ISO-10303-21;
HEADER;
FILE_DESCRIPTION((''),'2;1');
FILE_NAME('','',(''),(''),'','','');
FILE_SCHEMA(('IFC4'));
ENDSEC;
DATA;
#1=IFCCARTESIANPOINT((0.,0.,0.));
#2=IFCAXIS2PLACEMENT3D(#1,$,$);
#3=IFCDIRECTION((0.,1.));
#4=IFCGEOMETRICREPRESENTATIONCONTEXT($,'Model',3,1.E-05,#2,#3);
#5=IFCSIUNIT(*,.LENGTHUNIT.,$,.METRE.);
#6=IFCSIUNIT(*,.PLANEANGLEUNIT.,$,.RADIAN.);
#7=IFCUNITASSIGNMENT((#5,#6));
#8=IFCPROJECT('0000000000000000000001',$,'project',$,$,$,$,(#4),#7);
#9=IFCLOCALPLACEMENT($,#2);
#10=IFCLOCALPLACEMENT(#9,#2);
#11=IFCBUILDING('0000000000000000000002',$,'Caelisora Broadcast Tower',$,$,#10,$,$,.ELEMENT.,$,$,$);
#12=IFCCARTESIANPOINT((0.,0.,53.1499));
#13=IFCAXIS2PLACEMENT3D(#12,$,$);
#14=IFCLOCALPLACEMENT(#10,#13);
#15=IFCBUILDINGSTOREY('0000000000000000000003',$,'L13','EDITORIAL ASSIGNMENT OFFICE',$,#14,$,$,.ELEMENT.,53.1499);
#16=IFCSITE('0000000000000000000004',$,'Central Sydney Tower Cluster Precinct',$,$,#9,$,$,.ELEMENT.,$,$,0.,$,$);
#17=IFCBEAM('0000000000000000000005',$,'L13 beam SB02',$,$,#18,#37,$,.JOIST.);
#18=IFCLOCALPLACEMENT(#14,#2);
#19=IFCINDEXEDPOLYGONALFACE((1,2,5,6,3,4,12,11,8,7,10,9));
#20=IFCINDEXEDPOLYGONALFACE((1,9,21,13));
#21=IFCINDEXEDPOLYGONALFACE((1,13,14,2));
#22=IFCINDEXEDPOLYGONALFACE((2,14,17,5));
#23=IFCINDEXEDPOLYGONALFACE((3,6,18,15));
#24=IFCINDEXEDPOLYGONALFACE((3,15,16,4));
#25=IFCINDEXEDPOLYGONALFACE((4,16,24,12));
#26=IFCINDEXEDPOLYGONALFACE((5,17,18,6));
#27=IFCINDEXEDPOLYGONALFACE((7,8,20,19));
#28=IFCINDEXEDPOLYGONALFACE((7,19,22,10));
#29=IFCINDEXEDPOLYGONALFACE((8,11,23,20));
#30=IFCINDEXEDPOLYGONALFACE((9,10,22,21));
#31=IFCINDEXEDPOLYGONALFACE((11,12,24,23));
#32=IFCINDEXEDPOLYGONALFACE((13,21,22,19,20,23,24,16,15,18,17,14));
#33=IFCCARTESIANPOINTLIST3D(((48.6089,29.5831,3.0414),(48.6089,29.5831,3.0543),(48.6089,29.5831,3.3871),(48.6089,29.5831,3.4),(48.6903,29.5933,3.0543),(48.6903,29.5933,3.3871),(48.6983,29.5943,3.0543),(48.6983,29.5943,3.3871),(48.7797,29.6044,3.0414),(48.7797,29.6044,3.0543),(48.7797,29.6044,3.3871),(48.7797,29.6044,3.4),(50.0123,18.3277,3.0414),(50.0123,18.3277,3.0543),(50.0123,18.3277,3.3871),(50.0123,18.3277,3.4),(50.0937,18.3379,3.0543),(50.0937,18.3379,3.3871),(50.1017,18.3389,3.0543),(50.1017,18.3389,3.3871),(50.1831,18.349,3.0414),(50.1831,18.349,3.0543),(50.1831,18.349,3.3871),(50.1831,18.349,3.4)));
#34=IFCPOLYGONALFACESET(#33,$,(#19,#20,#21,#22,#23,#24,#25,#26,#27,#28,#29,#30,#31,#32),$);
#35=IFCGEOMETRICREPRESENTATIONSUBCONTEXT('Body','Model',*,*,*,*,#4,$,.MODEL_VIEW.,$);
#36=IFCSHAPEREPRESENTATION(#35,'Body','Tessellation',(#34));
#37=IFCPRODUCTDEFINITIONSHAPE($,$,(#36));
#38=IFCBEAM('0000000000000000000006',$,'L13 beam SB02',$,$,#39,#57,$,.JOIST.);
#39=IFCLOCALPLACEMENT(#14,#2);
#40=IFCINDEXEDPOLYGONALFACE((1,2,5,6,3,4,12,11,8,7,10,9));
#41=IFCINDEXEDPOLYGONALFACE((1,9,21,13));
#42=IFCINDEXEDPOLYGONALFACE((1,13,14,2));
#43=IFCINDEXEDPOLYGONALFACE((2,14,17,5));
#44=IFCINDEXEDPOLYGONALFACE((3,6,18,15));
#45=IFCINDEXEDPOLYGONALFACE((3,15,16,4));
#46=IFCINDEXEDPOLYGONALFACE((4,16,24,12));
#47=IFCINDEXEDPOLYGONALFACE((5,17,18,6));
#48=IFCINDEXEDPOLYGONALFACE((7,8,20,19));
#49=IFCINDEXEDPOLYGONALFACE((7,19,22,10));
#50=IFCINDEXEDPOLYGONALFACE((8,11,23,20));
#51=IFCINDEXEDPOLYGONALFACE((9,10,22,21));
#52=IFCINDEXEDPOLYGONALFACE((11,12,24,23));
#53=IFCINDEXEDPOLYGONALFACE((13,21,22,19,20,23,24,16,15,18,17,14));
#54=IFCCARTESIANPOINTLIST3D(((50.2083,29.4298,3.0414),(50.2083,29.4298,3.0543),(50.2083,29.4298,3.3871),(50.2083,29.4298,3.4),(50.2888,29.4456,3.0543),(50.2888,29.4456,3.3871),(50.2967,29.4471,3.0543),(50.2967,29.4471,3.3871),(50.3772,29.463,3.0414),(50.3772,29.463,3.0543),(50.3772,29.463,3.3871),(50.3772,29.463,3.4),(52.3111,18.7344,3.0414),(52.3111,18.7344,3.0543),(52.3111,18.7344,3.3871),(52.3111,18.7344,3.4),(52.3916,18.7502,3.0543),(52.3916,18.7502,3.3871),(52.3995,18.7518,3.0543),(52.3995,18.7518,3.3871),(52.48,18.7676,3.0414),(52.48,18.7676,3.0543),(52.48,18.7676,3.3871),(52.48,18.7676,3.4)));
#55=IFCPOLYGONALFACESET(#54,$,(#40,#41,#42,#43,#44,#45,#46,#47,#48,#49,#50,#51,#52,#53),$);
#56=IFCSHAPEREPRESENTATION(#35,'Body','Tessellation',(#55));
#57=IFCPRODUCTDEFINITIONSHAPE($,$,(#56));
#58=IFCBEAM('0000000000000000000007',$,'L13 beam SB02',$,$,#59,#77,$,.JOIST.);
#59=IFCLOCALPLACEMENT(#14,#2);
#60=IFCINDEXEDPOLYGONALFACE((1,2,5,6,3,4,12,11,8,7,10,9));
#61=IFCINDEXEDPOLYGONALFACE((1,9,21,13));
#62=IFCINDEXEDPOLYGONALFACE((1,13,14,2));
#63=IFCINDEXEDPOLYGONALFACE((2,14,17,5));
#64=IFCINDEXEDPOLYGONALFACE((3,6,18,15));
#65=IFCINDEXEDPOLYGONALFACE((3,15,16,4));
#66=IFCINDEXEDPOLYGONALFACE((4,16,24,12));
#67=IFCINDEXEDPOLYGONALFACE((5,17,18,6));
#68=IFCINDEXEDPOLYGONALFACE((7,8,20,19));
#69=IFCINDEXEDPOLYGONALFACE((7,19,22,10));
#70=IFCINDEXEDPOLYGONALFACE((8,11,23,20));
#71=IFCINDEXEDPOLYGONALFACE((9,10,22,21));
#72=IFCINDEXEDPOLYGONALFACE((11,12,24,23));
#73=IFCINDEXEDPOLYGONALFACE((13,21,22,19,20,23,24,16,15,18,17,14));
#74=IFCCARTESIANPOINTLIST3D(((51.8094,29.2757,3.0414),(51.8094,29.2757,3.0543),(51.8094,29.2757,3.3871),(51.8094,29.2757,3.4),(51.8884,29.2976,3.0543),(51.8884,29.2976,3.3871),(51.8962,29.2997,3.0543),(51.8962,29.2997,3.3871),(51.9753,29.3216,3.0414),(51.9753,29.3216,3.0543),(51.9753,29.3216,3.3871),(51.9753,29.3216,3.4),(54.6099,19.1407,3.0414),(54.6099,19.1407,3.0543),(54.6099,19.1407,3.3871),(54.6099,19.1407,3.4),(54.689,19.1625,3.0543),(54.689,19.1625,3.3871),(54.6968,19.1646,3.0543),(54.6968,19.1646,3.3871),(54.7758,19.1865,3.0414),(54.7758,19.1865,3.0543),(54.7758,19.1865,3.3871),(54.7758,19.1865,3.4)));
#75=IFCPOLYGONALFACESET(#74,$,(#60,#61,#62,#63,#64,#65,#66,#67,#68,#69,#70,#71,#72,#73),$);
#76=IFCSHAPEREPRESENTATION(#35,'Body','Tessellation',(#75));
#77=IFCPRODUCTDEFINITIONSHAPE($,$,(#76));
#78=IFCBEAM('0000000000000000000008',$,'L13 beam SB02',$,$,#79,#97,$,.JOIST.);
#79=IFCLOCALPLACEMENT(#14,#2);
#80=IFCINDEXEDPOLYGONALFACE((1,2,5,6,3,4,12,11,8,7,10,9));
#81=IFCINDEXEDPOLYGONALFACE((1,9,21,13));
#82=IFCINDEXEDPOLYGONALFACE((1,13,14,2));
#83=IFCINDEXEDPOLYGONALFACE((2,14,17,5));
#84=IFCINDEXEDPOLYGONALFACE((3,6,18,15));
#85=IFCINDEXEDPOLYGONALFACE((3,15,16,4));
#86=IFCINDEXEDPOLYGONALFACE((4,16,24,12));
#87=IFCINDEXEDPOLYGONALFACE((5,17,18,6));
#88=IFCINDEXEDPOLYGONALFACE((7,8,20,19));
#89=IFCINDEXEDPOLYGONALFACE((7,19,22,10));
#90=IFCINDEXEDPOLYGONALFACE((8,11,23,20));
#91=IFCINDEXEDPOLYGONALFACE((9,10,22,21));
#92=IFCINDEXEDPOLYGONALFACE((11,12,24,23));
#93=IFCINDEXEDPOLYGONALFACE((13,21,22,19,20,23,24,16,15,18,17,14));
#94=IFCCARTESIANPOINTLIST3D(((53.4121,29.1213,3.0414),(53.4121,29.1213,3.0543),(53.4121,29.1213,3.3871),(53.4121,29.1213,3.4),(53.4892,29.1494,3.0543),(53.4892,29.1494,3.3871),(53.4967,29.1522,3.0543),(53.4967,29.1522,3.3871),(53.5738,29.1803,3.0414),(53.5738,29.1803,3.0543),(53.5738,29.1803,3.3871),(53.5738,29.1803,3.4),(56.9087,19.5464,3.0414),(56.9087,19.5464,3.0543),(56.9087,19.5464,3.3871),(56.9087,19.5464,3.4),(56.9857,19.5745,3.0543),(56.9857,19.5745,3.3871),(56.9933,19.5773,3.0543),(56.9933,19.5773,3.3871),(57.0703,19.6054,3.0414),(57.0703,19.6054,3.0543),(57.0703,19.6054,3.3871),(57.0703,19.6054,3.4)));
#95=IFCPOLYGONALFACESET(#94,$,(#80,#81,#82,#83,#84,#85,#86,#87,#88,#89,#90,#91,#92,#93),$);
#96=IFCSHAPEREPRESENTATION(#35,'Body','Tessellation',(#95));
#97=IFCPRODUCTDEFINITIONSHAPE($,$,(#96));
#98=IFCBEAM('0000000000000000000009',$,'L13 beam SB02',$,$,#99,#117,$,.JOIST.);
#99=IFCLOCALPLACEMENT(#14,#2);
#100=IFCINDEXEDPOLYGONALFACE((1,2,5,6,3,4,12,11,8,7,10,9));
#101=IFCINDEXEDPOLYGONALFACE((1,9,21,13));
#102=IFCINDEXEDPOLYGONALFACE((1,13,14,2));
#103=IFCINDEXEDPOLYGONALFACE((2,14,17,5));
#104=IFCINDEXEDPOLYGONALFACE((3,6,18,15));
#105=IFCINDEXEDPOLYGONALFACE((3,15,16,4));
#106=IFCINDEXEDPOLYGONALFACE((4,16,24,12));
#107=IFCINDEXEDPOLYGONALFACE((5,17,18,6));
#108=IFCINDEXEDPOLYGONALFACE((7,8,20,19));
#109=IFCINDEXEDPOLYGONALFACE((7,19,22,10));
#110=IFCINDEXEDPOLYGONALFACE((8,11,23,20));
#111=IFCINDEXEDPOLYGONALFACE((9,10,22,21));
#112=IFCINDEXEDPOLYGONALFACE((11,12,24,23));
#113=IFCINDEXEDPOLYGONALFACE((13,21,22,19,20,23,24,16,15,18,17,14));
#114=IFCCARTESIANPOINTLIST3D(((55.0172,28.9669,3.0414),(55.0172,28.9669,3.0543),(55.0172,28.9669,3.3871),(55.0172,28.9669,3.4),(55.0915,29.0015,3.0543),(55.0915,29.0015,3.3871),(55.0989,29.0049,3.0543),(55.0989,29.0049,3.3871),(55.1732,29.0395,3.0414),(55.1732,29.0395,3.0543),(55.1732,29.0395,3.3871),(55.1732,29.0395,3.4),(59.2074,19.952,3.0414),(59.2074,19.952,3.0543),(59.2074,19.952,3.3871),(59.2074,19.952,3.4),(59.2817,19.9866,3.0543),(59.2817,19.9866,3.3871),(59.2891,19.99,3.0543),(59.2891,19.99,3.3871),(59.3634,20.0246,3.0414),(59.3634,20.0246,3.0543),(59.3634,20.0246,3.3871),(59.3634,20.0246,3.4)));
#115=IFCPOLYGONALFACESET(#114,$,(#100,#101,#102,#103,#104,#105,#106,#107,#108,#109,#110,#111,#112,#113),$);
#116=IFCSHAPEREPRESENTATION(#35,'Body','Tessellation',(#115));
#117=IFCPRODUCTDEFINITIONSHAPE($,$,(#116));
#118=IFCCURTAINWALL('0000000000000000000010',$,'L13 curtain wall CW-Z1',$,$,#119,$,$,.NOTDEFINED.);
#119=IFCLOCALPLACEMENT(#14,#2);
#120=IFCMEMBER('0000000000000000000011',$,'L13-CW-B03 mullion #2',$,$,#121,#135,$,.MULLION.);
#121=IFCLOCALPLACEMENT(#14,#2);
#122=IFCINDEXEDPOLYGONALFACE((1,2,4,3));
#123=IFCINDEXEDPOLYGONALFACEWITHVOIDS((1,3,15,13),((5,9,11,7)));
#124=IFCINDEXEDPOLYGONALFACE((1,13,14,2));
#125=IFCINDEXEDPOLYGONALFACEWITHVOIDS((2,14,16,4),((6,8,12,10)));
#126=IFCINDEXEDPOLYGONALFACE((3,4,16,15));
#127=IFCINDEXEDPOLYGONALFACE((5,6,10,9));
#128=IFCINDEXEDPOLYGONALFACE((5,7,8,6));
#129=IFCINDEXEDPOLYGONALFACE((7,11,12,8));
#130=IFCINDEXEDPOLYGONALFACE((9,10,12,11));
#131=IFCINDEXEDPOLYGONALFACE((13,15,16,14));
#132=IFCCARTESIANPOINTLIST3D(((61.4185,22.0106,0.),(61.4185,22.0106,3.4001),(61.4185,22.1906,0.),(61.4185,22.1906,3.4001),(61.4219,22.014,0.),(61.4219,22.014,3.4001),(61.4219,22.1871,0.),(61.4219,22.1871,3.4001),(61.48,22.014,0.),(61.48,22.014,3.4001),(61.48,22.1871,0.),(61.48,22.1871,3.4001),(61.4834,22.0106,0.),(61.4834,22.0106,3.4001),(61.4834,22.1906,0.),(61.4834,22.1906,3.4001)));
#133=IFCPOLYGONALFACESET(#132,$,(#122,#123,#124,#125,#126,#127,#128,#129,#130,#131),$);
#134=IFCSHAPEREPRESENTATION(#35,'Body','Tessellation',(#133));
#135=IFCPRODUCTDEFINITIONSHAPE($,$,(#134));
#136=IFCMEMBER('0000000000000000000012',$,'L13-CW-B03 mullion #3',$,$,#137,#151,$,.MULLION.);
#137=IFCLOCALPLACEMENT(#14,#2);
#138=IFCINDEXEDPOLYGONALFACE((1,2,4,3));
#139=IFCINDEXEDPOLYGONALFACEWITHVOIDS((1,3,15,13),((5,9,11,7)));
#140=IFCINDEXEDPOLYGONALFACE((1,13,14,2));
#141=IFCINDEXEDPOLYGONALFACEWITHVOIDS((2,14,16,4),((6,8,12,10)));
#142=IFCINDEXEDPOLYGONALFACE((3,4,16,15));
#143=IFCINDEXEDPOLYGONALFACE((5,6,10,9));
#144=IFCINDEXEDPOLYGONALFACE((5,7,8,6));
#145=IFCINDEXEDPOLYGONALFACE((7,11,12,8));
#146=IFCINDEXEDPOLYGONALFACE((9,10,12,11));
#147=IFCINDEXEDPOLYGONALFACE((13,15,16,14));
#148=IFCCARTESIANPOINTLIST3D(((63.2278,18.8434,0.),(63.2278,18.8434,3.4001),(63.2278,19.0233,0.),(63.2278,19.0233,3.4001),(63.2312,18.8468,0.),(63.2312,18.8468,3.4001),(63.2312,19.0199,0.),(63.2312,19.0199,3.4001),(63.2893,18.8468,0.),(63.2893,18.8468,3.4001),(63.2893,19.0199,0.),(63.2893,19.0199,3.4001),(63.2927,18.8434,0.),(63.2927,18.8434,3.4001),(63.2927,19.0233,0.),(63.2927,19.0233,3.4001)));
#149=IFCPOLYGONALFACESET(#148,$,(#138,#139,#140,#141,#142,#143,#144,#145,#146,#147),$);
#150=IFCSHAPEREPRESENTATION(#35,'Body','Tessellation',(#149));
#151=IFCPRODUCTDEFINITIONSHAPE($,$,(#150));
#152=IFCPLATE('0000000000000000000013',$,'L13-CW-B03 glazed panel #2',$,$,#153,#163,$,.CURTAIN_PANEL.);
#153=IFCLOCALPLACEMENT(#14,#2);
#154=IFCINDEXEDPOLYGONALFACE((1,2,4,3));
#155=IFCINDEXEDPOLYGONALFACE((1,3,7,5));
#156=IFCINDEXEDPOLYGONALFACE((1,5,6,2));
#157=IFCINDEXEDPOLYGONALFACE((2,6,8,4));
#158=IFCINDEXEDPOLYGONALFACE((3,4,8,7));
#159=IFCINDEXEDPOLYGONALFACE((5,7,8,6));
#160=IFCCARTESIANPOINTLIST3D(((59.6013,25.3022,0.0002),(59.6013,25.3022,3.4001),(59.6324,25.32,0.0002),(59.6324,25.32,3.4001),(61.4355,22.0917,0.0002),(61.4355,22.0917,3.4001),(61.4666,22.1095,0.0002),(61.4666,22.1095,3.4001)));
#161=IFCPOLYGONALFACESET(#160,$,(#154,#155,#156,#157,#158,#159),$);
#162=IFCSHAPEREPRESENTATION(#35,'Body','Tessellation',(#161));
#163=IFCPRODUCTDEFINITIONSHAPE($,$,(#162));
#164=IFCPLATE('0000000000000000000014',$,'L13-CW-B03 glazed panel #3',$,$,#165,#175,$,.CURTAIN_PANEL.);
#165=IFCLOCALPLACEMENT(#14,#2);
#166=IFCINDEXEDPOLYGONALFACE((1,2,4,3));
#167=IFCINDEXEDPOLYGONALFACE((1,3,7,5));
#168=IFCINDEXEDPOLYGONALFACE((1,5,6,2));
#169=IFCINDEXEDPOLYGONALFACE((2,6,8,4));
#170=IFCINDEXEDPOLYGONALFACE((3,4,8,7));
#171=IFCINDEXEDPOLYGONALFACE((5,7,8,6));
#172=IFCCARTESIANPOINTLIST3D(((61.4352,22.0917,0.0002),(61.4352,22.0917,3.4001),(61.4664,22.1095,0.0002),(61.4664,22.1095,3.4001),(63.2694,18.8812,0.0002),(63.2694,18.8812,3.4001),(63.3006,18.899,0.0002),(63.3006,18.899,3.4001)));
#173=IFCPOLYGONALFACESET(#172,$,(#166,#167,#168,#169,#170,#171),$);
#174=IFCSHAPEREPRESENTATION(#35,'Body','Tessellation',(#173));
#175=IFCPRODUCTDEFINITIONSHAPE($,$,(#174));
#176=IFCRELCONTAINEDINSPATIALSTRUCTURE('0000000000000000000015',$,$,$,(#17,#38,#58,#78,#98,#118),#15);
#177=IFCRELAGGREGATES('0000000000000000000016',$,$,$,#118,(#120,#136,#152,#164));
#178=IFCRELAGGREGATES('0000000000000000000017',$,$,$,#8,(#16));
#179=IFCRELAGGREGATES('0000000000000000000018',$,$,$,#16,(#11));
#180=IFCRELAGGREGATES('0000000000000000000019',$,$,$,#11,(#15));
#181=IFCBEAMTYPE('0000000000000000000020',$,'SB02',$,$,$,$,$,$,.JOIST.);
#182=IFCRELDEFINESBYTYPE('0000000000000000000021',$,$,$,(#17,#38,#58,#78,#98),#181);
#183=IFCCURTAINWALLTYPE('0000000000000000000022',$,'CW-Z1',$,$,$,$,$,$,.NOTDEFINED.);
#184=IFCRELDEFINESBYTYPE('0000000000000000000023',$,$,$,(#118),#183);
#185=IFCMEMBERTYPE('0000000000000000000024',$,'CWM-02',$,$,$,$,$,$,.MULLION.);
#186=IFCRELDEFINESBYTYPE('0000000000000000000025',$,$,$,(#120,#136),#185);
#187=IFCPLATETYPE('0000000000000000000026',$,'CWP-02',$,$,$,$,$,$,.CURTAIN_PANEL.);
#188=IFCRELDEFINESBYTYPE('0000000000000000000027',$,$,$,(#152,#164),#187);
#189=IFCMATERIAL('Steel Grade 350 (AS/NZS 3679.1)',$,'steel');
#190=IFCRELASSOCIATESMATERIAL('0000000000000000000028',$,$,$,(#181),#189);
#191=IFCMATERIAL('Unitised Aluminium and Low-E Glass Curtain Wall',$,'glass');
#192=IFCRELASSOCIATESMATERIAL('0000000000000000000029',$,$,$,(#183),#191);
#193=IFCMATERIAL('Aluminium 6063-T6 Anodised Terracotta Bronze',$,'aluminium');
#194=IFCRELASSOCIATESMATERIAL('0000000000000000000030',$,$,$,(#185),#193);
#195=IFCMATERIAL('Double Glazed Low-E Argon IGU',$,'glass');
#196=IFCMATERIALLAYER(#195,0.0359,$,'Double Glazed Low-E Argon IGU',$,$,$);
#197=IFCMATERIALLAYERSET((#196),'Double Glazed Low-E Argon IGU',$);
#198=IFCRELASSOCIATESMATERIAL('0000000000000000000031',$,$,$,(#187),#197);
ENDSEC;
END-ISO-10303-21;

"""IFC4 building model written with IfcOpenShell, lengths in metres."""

from ifc_helpers import new_model, si_unit, direction, frame, origin, origin_2d, place, context, subcontext, project, spatial, rectangle, hollow_rectangle, i_section, extrude, source, transform, mapped, material, layer, layer_set, material_profile, profile_set, type_object, type_shapes, element, aggregate, save


model = new_model("IFC4")

# Units and contexts
model_context = context("Model", 3, precision=1e-05, world=origin(), true_north=direction((0.0, 1.0)))
body_context = subcontext(model_context, "Body", "Model", "MODEL_VIEW")
ifc_project = project(units=[si_unit("LENGTHUNIT", "METRE"), si_unit("PLANEANGLEUNIT", "RADIAN")], contexts=[model_context])

# Site, building, storey
site_placement = place(None, origin())
site = spatial("IfcSite", under=ifc_project, at=site_placement, Name="Central Sydney Tower Cluster Precinct", CompositionType="ELEMENT", RefElevation=0.0)
building_placement = place(site_placement, origin())
building = spatial("IfcBuilding", under=site, at=building_placement, Name="Caelisora Broadcast Tower", CompositionType="ELEMENT")
storey_placement = place(building_placement, frame((0.0, 0.0, 53.1499)))
storey = spatial("IfcBuildingStorey", under=building, at=storey_placement, Name="L13", Description="EDITORIAL ASSIGNMENT OFFICE", CompositionType="ELEMENT", Elevation=53.1499)

# Beams
ifc_material_1 = material(Name="Steel Grade 350 (AS/NZS 3679.1)", Category="steel")
ifc_material_profile_1 = material_profile(ifc_material_1, i_section(OverallWidth=0.1721, OverallDepth=0.3586, WebThickness=0.0081, FlangeThickness=0.0129, at=origin_2d()), Name="Steel Grade 350 (AS/NZS 3679.1)")
ifc_profile_set_1 = profile_set([ifc_material_profile_1], Name="Steel Grade 350 (AS/NZS 3679.1)")
beam_type_1 = type_object("IfcBeamType", Name="SB02", PredefinedType="JOIST", material=ifc_profile_set_1)
shared_shape_1 = source(origin(), body_context, "Body", "SweptSolid", [
    extrude(i_section(OverallWidth=0.1721, OverallDepth=0.3586, WebThickness=0.0081, FlangeThickness=0.0129, at=origin_2d()), origin(), (0.0, 0.0, 1.0), 11.3425),
])
beam_1_placement = place(storey_placement, frame((50.0977, 18.3384, 3.2207), z_axis=(-0.123722, 0.992317, 0.0), x_axis=(-0.992317, -0.123722, 0.0)))
element("IfcBeam", 1, at=beam_1_placement, inside=storey, type_object=beam_type_1, Name="L13 beam SB02", PredefinedType="JOIST", context=body_context, shape_type="MappedRepresentation", body=[
    mapped(shared_shape_1, transform((0.0, 0.0, 0.0), scale=1.0)),
])
shared_shape_2 = source(origin(), body_context, "Body", "SweptSolid", [
    extrude(i_section(OverallWidth=0.1721, OverallDepth=0.3586, WebThickness=0.0081, FlangeThickness=0.0129, at=origin_2d()), origin(), (0.0, 0.0, 1.0), 10.9001),
])
beam_2_placement = place(storey_placement, frame((52.3955, 18.751, 3.2207), z_axis=(-0.192915, 0.981216, 0.0), x_axis=(-0.981216, -0.192915, 0.0)))
element("IfcBeam", 2, at=beam_2_placement, inside=storey, type_object=beam_type_1, Name="L13 beam SB02", PredefinedType="JOIST", context=body_context, shape_type="MappedRepresentation", body=[
    mapped(shared_shape_2, transform((0.0, 0.0, 0.0), scale=1.0)),
])
shared_shape_3 = source(origin(), body_context, "Body", "SweptSolid", [
    extrude(i_section(OverallWidth=0.1721, OverallDepth=0.3586, WebThickness=0.0081, FlangeThickness=0.0129, at=origin_2d()), origin(), (0.0, 0.0, 1.0), 10.5149),
])
beam_3_placement = place(storey_placement, frame((54.6929, 19.1636, 3.2207), z_axis=(-0.266342, 0.963879, 0.0), x_axis=(-0.963879, -0.266342, 0.0)))
element("IfcBeam", 3, at=beam_3_placement, inside=storey, type_object=beam_type_1, Name="L13 beam SB02", PredefinedType="JOIST", context=body_context, shape_type="MappedRepresentation", body=[
    mapped(shared_shape_3, transform((0.0, 0.0, 0.0), scale=1.0)),
])
shared_shape_4 = source(origin(), body_context, "Body", "SweptSolid", [
    extrude(i_section(OverallWidth=0.1721, OverallDepth=0.3586, WebThickness=0.0081, FlangeThickness=0.0129, at=origin_2d()), origin(), (0.0, 0.0, 1.0), 10.1934),
])
beam_4_placement = place(storey_placement, frame((56.9895, 19.5759, 3.2207), z_axis=(-0.343024, 0.939327, 0.0), x_axis=(-0.939327, -0.343024, 0.0)))
element("IfcBeam", 4, at=beam_4_placement, inside=storey, type_object=beam_type_1, Name="L13 beam SB02", PredefinedType="JOIST", context=body_context, shape_type="MappedRepresentation", body=[
    mapped(shared_shape_4, transform((0.0, 0.0, 0.0), scale=1.0)),
])
shared_shape_5 = source(origin(), body_context, "Body", "SweptSolid", [
    extrude(i_section(OverallWidth=0.1721, OverallDepth=0.3586, WebThickness=0.0081, FlangeThickness=0.0129, at=origin_2d()), origin(), (0.0, 0.0, 1.0), 9.9412),
])
beam_5_placement = place(storey_placement, frame((59.2854, 19.9883, 3.2207), z_axis=(-0.4215, 0.906828, 0.0), x_axis=(-0.906828, -0.4215, 0.0)))
element("IfcBeam", 5, at=beam_5_placement, inside=storey, type_object=beam_type_1, Name="L13 beam SB02", PredefinedType="JOIST", context=body_context, shape_type="MappedRepresentation", body=[
    mapped(shared_shape_5, transform((0.0, 0.0, 0.0), scale=1.0)),
])

# Curtain wall, members, plates
ifc_material_2 = material(Name="Unitised Aluminium and Low-E Glass Curtain Wall", Category="glass")
curtain_wall_type = type_object("IfcCurtainWallType", Name="CW-Z1", PredefinedType="NOTDEFINED", material=ifc_material_2)
curtain_wall_placement = place(storey_placement, origin())
curtain_wall = element("IfcCurtainWall", 6, at=curtain_wall_placement, inside=storey, type_object=curtain_wall_type, Name="L13 curtain wall CW-Z1", PredefinedType="NOTDEFINED")
ifc_material_3 = material(Name="Aluminium 6063-T6 Anodised Terracotta Bronze", Category="aluminium")
ifc_material_profile_2 = material_profile(ifc_material_3, hollow_rectangle(XDim=0.0649, YDim=0.1799, WallThickness=0.0034, at=origin_2d()), Name="Aluminium 6063-T6 Anodised Terracotta Bronze")
ifc_profile_set_2 = profile_set([ifc_material_profile_2], Name="Aluminium 6063-T6 Anodised Terracotta Bronze")
member_type = type_object("IfcMemberType", Name="CWM-02", PredefinedType="MULLION", material=ifc_profile_set_2)
shared_shape_6 = source(origin(), body_context, "Body", "SweptSolid", [
    extrude(hollow_rectangle(XDim=0.0649, YDim=0.1799, WallThickness=0.0034, at=origin_2d()), origin(), (0.0, 0.0, 1.0), 3.4001),
])
type_shapes(member_type, [shared_shape_6])
member_1_placement = place(storey_placement, frame((61.4509, 22.1006, 0.0), z_axis=(0.0, 0.0, 1.0), x_axis=(1.0, 0.0, 0.0)))
member_1 = element("IfcMember", 7, at=member_1_placement, type_object=member_type, Name="L13-CW-B03 mullion #2", PredefinedType="MULLION", context=body_context, shape_type="MappedRepresentation", body=[
    mapped(shared_shape_6, transform((0.0, 0.0, 0.0), scale=1.0)),
])
member_2_placement = place(storey_placement, frame((63.2603, 18.9333, 0.0), z_axis=(0.0, 0.0, 1.0), x_axis=(1.0, 0.0, 0.0)))
member_2 = element("IfcMember", 8, at=member_2_placement, type_object=member_type, Name="L13-CW-B03 mullion #3", PredefinedType="MULLION", context=body_context, shape_type="MappedRepresentation", body=[
    mapped(shared_shape_6, transform((0.0, 0.0, 0.0), scale=1.0)),
])
ifc_material_4 = material(Name="Double Glazed Low-E Argon IGU", Category="glass")
ifc_layer_1 = layer(ifc_material_4, 0.0359, Name="Double Glazed Low-E Argon IGU")
ifc_layer_set_1 = layer_set([ifc_layer_1], Name="Double Glazed Low-E Argon IGU")
plate_type = type_object("IfcPlateType", Name="CWP-02", PredefinedType="CURTAIN_PANEL", material=ifc_layer_set_1)
shared_shape_7 = source(origin(), body_context, "Body", "SweptSolid", [
    extrude(rectangle(XDim=3.6975, YDim=0.0359, at=origin_2d()), origin(), (0.0, 0.0, 1.0), 3.3999),
])
type_shapes(plate_type, [shared_shape_7])
plate_1_placement = place(storey_placement, frame((60.5339, 23.7058, 0.0002), z_axis=(0.0, 0.0, 1.0), x_axis=(0.496065, -0.868285, 0.0)))
plate_1 = element("IfcPlate", 9, at=plate_1_placement, type_object=plate_type, Name="L13-CW-B03 glazed panel #2", PredefinedType="CURTAIN_PANEL", context=body_context, shape_type="MappedRepresentation", body=[
    mapped(shared_shape_7, transform((0.0, 0.0, 0.0), scale=1.0)),
])
plate_2_placement = place(storey_placement, frame((62.3679, 20.4954, 0.0002), z_axis=(0.0, 0.0, 1.0), x_axis=(0.496065, -0.868285, 0.0)))
plate_2 = element("IfcPlate", 10, at=plate_2_placement, type_object=plate_type, Name="L13-CW-B03 glazed panel #3", PredefinedType="CURTAIN_PANEL", context=body_context, shape_type="MappedRepresentation", body=[
    mapped(shared_shape_7, transform((0.0, 0.0, 0.0), scale=1.0)),
])
aggregate(curtain_wall, [member_1, member_2, plate_1, plate_2])

save(model, "model.ifc")
